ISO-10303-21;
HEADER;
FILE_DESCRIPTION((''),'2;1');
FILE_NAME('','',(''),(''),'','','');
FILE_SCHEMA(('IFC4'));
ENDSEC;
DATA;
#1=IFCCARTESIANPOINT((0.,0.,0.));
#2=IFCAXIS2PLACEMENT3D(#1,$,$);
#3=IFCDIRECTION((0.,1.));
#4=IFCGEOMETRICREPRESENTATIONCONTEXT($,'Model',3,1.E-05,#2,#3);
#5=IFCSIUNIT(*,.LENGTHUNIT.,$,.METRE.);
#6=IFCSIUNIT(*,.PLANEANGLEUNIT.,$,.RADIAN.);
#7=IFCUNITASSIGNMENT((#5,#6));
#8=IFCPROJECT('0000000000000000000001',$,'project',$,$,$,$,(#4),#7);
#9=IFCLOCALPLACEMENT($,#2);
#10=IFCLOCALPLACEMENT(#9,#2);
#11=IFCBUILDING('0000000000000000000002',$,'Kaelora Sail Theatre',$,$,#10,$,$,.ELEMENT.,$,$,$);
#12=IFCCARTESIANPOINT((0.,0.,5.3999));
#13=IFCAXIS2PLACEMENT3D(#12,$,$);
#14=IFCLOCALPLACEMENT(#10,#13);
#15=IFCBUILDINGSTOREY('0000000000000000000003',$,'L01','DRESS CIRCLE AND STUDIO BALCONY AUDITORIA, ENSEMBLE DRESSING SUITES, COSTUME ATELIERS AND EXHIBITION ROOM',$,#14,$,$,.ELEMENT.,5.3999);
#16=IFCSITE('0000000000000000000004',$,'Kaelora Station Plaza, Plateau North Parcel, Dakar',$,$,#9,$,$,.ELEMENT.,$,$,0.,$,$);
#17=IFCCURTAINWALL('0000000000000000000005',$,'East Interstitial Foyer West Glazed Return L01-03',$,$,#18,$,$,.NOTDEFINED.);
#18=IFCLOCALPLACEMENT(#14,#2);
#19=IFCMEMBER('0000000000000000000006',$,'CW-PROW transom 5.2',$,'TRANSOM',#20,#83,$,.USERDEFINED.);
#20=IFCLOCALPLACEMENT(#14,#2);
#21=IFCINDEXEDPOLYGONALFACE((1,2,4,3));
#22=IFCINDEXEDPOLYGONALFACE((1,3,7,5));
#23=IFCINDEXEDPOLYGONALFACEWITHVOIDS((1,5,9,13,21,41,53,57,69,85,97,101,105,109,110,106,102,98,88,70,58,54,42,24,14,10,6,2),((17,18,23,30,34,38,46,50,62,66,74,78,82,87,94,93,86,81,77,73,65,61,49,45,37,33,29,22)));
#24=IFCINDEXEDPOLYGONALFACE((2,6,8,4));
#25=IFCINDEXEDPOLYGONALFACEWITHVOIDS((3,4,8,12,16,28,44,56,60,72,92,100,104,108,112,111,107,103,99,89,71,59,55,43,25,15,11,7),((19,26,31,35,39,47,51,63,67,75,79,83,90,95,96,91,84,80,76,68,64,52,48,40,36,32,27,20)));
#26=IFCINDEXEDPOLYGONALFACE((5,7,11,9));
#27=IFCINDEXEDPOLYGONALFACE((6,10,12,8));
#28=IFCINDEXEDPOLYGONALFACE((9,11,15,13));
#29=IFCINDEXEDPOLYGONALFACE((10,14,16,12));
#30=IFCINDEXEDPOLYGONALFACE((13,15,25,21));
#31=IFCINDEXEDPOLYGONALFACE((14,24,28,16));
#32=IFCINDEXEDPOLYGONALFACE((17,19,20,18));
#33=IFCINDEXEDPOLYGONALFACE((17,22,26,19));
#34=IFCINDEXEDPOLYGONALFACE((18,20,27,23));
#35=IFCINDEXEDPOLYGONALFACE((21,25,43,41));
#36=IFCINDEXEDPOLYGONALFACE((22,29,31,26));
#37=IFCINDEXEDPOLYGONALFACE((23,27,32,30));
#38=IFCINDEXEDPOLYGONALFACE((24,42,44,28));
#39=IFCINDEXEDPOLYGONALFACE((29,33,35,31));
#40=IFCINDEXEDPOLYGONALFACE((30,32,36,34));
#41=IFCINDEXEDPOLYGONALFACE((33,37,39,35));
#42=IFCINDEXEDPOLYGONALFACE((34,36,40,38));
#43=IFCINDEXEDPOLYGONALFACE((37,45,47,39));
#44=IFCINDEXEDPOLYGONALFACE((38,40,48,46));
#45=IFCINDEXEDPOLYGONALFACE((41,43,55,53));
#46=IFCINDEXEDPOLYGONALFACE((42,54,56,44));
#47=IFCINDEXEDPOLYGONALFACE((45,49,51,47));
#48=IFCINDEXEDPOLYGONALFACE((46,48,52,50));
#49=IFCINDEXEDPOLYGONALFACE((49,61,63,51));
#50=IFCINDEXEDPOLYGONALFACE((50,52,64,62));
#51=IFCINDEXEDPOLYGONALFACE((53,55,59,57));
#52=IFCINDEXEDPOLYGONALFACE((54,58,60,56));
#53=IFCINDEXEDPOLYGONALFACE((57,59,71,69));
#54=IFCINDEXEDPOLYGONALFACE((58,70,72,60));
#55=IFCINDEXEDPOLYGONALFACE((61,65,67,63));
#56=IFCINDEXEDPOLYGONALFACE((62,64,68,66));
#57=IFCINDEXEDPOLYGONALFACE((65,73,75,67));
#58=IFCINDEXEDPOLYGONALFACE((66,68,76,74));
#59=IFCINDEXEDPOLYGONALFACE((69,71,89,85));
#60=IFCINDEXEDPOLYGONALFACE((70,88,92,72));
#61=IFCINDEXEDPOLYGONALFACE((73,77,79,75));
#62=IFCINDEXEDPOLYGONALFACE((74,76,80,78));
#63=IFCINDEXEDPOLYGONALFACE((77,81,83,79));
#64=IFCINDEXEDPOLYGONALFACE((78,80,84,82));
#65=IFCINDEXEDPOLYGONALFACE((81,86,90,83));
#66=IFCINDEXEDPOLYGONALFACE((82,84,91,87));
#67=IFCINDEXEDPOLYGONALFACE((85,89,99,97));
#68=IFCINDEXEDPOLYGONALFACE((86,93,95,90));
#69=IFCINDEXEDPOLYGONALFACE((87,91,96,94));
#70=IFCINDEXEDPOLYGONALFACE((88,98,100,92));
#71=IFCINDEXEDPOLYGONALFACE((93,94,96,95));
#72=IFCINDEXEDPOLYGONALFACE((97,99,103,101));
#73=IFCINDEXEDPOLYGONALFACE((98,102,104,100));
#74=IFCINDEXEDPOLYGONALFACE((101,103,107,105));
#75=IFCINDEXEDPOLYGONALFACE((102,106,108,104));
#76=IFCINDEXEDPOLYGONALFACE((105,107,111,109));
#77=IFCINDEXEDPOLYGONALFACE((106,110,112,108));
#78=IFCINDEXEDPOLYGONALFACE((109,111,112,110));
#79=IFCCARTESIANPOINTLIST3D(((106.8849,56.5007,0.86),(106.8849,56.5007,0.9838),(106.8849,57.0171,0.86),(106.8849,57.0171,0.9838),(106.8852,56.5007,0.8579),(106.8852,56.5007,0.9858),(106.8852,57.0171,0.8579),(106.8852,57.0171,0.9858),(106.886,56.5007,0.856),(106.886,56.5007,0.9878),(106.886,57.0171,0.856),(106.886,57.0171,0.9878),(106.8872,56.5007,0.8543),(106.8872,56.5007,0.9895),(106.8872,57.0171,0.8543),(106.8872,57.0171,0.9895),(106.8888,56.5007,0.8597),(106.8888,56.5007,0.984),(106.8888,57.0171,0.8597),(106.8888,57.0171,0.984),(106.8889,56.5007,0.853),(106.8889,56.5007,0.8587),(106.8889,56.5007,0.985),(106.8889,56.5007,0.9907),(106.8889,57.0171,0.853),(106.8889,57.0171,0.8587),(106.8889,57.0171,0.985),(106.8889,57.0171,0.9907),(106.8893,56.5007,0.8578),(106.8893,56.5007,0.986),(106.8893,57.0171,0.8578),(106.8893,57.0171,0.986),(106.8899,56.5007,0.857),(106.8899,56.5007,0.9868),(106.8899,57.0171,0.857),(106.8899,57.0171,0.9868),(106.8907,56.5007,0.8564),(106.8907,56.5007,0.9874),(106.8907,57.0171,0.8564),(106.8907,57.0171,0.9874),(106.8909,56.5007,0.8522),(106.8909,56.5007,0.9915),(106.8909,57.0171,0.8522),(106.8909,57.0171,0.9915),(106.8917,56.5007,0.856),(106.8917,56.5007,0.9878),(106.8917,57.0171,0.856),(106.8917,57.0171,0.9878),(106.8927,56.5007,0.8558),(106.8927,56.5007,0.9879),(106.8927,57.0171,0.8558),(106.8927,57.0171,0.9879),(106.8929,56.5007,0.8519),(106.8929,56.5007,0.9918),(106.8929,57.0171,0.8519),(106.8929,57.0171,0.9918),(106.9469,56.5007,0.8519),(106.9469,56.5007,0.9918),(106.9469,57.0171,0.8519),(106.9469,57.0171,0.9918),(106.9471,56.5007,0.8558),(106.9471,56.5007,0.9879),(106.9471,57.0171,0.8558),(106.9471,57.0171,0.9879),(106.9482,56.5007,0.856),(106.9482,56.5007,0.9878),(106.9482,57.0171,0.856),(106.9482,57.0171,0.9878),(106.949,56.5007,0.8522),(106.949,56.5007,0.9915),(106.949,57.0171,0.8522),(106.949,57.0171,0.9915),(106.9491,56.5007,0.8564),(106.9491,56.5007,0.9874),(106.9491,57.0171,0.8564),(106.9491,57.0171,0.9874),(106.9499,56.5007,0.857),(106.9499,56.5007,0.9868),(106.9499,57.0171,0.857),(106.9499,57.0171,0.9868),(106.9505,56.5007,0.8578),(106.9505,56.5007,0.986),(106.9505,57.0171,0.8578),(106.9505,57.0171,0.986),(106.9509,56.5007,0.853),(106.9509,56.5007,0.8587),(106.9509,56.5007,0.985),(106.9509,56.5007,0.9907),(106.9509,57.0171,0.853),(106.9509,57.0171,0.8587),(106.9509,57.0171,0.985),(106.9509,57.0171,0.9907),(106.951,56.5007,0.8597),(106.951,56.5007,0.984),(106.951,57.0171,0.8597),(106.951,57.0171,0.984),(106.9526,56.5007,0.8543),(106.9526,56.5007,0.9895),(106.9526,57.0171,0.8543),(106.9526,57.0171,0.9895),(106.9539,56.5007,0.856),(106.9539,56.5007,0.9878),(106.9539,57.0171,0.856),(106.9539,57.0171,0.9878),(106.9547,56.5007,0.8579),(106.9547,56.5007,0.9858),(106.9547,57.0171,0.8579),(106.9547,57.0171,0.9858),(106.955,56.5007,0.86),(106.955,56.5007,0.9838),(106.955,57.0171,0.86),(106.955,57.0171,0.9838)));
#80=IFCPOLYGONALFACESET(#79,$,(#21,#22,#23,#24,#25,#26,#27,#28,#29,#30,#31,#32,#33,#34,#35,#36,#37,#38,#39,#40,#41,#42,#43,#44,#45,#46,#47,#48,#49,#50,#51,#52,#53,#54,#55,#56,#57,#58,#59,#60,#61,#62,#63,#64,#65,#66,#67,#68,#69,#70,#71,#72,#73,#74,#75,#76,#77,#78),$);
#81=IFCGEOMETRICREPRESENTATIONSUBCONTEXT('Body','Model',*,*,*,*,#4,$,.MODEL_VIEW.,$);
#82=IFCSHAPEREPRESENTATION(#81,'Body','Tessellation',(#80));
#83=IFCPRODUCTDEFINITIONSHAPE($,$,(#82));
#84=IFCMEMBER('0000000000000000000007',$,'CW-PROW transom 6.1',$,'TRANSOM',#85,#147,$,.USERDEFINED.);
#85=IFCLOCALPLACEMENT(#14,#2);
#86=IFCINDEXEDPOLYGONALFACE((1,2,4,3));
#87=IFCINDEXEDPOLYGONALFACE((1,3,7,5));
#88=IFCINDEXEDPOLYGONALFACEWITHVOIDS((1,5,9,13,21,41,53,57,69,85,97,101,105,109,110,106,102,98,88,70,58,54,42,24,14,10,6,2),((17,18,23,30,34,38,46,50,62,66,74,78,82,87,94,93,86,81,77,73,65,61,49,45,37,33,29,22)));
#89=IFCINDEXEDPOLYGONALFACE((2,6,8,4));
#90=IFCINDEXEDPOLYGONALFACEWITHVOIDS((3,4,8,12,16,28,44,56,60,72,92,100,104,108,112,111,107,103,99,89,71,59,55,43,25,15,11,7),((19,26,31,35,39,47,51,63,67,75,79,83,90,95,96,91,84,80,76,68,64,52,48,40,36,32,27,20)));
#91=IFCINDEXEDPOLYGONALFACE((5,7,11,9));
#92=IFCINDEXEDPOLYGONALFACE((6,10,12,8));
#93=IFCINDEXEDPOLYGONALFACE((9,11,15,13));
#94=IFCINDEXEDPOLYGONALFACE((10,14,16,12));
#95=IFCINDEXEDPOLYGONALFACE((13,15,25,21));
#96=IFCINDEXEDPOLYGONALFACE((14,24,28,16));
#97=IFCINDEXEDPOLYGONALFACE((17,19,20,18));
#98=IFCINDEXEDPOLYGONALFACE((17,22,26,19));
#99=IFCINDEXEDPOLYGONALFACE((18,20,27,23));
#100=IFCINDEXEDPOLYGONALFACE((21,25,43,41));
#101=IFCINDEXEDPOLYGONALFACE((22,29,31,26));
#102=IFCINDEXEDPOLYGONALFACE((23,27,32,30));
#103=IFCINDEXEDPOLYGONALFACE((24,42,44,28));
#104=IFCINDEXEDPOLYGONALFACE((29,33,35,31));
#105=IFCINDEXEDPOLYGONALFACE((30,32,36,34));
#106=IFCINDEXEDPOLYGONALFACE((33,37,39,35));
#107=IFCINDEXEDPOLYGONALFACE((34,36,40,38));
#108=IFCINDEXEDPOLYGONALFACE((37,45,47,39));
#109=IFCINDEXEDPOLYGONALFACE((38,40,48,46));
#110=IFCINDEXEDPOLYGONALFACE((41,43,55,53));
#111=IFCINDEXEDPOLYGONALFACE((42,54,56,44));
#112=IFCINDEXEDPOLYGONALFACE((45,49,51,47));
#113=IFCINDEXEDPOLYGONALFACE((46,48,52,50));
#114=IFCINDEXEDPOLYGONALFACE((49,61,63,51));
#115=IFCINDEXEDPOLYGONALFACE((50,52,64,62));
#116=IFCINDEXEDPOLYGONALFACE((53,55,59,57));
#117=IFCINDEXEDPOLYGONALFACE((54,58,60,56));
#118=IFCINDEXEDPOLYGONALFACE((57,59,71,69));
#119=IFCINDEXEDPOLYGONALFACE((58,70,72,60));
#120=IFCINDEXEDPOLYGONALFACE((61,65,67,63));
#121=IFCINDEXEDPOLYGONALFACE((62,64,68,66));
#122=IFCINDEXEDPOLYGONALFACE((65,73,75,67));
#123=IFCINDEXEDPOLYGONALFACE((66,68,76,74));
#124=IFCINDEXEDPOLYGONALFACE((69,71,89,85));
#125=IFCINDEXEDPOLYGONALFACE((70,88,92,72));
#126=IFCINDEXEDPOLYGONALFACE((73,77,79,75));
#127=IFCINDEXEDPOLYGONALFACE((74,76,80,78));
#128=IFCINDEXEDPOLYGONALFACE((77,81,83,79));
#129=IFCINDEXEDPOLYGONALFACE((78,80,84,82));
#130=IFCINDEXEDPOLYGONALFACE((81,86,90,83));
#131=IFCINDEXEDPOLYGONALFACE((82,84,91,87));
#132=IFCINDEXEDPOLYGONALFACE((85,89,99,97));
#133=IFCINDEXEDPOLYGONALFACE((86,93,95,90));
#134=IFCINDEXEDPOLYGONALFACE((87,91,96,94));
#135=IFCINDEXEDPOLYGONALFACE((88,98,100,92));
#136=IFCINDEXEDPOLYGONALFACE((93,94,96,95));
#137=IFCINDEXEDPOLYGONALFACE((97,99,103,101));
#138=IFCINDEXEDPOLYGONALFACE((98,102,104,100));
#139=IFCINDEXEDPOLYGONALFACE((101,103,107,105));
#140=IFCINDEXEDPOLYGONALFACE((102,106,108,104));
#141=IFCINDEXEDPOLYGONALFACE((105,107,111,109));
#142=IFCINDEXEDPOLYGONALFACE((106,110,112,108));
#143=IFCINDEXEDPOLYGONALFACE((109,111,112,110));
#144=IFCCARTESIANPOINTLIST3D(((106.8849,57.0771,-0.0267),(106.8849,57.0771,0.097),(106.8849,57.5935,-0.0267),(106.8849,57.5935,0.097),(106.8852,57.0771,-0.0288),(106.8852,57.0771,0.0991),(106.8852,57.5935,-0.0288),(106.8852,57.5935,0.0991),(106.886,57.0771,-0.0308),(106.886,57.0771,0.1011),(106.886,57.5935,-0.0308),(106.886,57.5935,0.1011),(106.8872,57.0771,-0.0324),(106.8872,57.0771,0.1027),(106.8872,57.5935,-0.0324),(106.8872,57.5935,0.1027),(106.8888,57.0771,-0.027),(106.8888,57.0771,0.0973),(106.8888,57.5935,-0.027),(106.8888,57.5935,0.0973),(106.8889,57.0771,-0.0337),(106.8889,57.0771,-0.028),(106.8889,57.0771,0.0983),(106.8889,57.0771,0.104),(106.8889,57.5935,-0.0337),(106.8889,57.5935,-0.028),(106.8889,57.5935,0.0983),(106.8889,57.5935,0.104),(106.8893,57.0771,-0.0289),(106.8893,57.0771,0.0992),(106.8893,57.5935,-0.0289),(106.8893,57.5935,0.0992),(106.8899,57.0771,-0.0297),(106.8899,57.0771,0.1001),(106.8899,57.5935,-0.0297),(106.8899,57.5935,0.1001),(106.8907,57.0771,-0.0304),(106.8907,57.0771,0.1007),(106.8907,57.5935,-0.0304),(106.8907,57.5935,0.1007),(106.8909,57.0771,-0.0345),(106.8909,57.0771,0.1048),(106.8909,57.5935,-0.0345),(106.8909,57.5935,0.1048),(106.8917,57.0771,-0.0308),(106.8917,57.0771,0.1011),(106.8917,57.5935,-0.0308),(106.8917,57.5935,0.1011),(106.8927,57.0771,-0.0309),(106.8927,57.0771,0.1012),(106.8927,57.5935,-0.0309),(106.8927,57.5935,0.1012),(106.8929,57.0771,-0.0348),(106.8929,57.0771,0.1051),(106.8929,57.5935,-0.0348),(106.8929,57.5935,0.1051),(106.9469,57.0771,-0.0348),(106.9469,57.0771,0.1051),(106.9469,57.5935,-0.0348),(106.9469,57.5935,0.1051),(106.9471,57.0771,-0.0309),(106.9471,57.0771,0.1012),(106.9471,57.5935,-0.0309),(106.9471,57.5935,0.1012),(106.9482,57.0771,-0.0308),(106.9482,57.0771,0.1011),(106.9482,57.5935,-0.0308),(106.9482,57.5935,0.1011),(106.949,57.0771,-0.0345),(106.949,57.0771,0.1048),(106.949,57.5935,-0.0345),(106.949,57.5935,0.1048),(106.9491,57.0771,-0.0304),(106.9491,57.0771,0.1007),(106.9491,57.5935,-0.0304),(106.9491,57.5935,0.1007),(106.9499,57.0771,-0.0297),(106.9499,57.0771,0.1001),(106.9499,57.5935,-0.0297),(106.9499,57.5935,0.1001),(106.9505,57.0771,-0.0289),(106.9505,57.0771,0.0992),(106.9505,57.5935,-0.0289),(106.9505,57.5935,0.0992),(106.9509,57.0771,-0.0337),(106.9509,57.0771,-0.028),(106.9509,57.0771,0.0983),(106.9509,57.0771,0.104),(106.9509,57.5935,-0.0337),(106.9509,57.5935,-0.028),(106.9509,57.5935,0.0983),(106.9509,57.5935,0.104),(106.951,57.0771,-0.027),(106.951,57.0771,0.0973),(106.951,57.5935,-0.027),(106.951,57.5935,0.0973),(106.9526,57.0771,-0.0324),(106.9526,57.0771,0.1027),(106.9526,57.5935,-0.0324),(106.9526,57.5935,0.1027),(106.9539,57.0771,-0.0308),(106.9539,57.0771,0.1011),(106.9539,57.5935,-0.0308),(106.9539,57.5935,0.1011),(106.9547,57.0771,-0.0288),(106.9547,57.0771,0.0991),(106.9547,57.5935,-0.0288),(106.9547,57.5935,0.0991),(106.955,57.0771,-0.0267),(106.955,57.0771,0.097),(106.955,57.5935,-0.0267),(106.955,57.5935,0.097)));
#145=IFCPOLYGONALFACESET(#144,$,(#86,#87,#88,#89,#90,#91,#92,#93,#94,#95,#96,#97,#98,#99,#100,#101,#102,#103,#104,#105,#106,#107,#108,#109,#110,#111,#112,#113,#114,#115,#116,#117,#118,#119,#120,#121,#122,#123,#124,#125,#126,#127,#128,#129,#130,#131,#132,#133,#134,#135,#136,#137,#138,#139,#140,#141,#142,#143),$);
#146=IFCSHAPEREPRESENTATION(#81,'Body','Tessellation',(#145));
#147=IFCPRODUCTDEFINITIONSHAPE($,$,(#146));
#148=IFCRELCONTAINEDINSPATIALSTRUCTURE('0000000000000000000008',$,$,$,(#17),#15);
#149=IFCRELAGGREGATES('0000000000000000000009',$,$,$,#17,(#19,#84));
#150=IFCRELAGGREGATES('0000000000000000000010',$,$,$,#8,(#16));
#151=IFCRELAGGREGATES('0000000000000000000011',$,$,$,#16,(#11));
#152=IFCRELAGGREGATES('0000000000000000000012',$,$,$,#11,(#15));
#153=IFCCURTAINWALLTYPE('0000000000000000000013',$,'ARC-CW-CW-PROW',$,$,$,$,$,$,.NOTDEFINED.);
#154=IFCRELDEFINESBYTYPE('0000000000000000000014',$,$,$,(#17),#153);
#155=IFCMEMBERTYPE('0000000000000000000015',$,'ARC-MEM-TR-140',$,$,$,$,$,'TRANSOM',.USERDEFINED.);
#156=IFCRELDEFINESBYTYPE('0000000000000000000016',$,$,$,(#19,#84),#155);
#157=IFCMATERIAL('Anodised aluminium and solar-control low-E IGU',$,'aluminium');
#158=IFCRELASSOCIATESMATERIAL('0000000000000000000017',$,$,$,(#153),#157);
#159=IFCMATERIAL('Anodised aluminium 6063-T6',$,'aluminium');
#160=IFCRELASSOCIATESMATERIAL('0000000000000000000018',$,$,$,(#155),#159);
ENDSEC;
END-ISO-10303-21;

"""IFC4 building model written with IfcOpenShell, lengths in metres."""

from ifc_helpers import new_model, si_unit, direction, frame, origin, origin_2d, place, context, subcontext, project, spatial, hollow_rectangle, extrude, material, material_profile, profile_set, type_object, element, aggregate, save


model = new_model("IFC4")

# Units and contexts
model_context = context("Model", 3, precision=1e-05, world=origin(), true_north=direction((0.0, 1.0)))
body_context = subcontext(model_context, "Body", "Model", "MODEL_VIEW")
ifc_project = project(units=[si_unit("LENGTHUNIT", "METRE"), si_unit("PLANEANGLEUNIT", "RADIAN")], contexts=[model_context])

# Site, building, storey
site_placement = place(None, origin())
site = spatial("IfcSite", under=ifc_project, at=site_placement, Name="Kaelora Station Plaza, Plateau North Parcel, Dakar", CompositionType="ELEMENT", RefElevation=0.0)
building_placement = place(site_placement, origin())
building = spatial("IfcBuilding", under=site, at=building_placement, Name="Kaelora Sail Theatre", CompositionType="ELEMENT")
storey_placement = place(building_placement, frame((0.0, 0.0, 5.3999)))
storey = spatial("IfcBuildingStorey", under=building, at=storey_placement, Name="L01", Description="DRESS CIRCLE AND STUDIO BALCONY AUDITORIA, ENSEMBLE DRESSING SUITES, COSTUME ATELIERS AND EXHIBITION ROOM", CompositionType="ELEMENT", Elevation=5.3999)

# Curtain wall, members
ifc_material_1 = material(Name="Anodised aluminium and solar-control low-E IGU", Category="aluminium")
curtain_wall_type = type_object("IfcCurtainWallType", Name="ARC-CW-CW-PROW", PredefinedType="NOTDEFINED", material=ifc_material_1)
curtain_wall_placement = place(storey_placement, origin())
curtain_wall = element("IfcCurtainWall", 1, at=curtain_wall_placement, inside=storey, type_object=curtain_wall_type, Name="East Interstitial Foyer West Glazed Return L01-03", PredefinedType="NOTDEFINED")
ifc_material_2 = material(Name="Anodised aluminium 6063-T6", Category="aluminium")
ifc_material_profile_1 = material_profile(ifc_material_2, hollow_rectangle(XDim=0.0701, YDim=0.1399, WallThickness=0.0039, InnerFilletRadius=0.0039, OuterFilletRadius=0.0081, at=origin_2d()), Name="ALU-TRAN 70x140x4")
ifc_profile_set_1 = profile_set([ifc_material_profile_1], Name="Anodised aluminium 6063-T6")
member_type_1 = type_object("IfcMemberType", Name="ARC-MEM-TR-140", ElementType="TRANSOM", PredefinedType="USERDEFINED", material=ifc_profile_set_1)
member_1_placement = place(storey_placement, frame((106.9199, 56.5007, 0.9219), z_axis=(0.0, 1.0, 0.0), x_axis=(-1.0, 0.0, 0.0)))
member_1 = element("IfcMember", 2, at=member_1_placement, type_object=member_type_1, Name="CW-PROW transom 5.2", ObjectType="TRANSOM", PredefinedType="USERDEFINED", context=body_context, shape_type="SweptSolid", body=[
    extrude(hollow_rectangle(XDim=0.0701, YDim=0.1399, WallThickness=0.0039, InnerFilletRadius=0.0039, OuterFilletRadius=0.0081, at=origin_2d()), origin(), (0.0, 0.0, 1.0), 0.5164),
])
member_2_placement = place(storey_placement, frame((106.9199, 57.0771, 0.0352), z_axis=(0.0, 1.0, 0.0), x_axis=(-1.0, 0.0, 0.0)))
member_2 = element("IfcMember", 3, at=member_2_placement, type_object=member_type_1, Name="CW-PROW transom 6.1", ObjectType="TRANSOM", PredefinedType="USERDEFINED", context=body_context, shape_type="SweptSolid", body=[
    extrude(hollow_rectangle(XDim=0.0701, YDim=0.1399, WallThickness=0.0039, InnerFilletRadius=0.0039, OuterFilletRadius=0.0081, at=origin_2d()), origin(), (0.0, 0.0, 1.0), 0.5164),
])
aggregate(curtain_wall, [member_1, member_2])

save(model, "model.ifc")
